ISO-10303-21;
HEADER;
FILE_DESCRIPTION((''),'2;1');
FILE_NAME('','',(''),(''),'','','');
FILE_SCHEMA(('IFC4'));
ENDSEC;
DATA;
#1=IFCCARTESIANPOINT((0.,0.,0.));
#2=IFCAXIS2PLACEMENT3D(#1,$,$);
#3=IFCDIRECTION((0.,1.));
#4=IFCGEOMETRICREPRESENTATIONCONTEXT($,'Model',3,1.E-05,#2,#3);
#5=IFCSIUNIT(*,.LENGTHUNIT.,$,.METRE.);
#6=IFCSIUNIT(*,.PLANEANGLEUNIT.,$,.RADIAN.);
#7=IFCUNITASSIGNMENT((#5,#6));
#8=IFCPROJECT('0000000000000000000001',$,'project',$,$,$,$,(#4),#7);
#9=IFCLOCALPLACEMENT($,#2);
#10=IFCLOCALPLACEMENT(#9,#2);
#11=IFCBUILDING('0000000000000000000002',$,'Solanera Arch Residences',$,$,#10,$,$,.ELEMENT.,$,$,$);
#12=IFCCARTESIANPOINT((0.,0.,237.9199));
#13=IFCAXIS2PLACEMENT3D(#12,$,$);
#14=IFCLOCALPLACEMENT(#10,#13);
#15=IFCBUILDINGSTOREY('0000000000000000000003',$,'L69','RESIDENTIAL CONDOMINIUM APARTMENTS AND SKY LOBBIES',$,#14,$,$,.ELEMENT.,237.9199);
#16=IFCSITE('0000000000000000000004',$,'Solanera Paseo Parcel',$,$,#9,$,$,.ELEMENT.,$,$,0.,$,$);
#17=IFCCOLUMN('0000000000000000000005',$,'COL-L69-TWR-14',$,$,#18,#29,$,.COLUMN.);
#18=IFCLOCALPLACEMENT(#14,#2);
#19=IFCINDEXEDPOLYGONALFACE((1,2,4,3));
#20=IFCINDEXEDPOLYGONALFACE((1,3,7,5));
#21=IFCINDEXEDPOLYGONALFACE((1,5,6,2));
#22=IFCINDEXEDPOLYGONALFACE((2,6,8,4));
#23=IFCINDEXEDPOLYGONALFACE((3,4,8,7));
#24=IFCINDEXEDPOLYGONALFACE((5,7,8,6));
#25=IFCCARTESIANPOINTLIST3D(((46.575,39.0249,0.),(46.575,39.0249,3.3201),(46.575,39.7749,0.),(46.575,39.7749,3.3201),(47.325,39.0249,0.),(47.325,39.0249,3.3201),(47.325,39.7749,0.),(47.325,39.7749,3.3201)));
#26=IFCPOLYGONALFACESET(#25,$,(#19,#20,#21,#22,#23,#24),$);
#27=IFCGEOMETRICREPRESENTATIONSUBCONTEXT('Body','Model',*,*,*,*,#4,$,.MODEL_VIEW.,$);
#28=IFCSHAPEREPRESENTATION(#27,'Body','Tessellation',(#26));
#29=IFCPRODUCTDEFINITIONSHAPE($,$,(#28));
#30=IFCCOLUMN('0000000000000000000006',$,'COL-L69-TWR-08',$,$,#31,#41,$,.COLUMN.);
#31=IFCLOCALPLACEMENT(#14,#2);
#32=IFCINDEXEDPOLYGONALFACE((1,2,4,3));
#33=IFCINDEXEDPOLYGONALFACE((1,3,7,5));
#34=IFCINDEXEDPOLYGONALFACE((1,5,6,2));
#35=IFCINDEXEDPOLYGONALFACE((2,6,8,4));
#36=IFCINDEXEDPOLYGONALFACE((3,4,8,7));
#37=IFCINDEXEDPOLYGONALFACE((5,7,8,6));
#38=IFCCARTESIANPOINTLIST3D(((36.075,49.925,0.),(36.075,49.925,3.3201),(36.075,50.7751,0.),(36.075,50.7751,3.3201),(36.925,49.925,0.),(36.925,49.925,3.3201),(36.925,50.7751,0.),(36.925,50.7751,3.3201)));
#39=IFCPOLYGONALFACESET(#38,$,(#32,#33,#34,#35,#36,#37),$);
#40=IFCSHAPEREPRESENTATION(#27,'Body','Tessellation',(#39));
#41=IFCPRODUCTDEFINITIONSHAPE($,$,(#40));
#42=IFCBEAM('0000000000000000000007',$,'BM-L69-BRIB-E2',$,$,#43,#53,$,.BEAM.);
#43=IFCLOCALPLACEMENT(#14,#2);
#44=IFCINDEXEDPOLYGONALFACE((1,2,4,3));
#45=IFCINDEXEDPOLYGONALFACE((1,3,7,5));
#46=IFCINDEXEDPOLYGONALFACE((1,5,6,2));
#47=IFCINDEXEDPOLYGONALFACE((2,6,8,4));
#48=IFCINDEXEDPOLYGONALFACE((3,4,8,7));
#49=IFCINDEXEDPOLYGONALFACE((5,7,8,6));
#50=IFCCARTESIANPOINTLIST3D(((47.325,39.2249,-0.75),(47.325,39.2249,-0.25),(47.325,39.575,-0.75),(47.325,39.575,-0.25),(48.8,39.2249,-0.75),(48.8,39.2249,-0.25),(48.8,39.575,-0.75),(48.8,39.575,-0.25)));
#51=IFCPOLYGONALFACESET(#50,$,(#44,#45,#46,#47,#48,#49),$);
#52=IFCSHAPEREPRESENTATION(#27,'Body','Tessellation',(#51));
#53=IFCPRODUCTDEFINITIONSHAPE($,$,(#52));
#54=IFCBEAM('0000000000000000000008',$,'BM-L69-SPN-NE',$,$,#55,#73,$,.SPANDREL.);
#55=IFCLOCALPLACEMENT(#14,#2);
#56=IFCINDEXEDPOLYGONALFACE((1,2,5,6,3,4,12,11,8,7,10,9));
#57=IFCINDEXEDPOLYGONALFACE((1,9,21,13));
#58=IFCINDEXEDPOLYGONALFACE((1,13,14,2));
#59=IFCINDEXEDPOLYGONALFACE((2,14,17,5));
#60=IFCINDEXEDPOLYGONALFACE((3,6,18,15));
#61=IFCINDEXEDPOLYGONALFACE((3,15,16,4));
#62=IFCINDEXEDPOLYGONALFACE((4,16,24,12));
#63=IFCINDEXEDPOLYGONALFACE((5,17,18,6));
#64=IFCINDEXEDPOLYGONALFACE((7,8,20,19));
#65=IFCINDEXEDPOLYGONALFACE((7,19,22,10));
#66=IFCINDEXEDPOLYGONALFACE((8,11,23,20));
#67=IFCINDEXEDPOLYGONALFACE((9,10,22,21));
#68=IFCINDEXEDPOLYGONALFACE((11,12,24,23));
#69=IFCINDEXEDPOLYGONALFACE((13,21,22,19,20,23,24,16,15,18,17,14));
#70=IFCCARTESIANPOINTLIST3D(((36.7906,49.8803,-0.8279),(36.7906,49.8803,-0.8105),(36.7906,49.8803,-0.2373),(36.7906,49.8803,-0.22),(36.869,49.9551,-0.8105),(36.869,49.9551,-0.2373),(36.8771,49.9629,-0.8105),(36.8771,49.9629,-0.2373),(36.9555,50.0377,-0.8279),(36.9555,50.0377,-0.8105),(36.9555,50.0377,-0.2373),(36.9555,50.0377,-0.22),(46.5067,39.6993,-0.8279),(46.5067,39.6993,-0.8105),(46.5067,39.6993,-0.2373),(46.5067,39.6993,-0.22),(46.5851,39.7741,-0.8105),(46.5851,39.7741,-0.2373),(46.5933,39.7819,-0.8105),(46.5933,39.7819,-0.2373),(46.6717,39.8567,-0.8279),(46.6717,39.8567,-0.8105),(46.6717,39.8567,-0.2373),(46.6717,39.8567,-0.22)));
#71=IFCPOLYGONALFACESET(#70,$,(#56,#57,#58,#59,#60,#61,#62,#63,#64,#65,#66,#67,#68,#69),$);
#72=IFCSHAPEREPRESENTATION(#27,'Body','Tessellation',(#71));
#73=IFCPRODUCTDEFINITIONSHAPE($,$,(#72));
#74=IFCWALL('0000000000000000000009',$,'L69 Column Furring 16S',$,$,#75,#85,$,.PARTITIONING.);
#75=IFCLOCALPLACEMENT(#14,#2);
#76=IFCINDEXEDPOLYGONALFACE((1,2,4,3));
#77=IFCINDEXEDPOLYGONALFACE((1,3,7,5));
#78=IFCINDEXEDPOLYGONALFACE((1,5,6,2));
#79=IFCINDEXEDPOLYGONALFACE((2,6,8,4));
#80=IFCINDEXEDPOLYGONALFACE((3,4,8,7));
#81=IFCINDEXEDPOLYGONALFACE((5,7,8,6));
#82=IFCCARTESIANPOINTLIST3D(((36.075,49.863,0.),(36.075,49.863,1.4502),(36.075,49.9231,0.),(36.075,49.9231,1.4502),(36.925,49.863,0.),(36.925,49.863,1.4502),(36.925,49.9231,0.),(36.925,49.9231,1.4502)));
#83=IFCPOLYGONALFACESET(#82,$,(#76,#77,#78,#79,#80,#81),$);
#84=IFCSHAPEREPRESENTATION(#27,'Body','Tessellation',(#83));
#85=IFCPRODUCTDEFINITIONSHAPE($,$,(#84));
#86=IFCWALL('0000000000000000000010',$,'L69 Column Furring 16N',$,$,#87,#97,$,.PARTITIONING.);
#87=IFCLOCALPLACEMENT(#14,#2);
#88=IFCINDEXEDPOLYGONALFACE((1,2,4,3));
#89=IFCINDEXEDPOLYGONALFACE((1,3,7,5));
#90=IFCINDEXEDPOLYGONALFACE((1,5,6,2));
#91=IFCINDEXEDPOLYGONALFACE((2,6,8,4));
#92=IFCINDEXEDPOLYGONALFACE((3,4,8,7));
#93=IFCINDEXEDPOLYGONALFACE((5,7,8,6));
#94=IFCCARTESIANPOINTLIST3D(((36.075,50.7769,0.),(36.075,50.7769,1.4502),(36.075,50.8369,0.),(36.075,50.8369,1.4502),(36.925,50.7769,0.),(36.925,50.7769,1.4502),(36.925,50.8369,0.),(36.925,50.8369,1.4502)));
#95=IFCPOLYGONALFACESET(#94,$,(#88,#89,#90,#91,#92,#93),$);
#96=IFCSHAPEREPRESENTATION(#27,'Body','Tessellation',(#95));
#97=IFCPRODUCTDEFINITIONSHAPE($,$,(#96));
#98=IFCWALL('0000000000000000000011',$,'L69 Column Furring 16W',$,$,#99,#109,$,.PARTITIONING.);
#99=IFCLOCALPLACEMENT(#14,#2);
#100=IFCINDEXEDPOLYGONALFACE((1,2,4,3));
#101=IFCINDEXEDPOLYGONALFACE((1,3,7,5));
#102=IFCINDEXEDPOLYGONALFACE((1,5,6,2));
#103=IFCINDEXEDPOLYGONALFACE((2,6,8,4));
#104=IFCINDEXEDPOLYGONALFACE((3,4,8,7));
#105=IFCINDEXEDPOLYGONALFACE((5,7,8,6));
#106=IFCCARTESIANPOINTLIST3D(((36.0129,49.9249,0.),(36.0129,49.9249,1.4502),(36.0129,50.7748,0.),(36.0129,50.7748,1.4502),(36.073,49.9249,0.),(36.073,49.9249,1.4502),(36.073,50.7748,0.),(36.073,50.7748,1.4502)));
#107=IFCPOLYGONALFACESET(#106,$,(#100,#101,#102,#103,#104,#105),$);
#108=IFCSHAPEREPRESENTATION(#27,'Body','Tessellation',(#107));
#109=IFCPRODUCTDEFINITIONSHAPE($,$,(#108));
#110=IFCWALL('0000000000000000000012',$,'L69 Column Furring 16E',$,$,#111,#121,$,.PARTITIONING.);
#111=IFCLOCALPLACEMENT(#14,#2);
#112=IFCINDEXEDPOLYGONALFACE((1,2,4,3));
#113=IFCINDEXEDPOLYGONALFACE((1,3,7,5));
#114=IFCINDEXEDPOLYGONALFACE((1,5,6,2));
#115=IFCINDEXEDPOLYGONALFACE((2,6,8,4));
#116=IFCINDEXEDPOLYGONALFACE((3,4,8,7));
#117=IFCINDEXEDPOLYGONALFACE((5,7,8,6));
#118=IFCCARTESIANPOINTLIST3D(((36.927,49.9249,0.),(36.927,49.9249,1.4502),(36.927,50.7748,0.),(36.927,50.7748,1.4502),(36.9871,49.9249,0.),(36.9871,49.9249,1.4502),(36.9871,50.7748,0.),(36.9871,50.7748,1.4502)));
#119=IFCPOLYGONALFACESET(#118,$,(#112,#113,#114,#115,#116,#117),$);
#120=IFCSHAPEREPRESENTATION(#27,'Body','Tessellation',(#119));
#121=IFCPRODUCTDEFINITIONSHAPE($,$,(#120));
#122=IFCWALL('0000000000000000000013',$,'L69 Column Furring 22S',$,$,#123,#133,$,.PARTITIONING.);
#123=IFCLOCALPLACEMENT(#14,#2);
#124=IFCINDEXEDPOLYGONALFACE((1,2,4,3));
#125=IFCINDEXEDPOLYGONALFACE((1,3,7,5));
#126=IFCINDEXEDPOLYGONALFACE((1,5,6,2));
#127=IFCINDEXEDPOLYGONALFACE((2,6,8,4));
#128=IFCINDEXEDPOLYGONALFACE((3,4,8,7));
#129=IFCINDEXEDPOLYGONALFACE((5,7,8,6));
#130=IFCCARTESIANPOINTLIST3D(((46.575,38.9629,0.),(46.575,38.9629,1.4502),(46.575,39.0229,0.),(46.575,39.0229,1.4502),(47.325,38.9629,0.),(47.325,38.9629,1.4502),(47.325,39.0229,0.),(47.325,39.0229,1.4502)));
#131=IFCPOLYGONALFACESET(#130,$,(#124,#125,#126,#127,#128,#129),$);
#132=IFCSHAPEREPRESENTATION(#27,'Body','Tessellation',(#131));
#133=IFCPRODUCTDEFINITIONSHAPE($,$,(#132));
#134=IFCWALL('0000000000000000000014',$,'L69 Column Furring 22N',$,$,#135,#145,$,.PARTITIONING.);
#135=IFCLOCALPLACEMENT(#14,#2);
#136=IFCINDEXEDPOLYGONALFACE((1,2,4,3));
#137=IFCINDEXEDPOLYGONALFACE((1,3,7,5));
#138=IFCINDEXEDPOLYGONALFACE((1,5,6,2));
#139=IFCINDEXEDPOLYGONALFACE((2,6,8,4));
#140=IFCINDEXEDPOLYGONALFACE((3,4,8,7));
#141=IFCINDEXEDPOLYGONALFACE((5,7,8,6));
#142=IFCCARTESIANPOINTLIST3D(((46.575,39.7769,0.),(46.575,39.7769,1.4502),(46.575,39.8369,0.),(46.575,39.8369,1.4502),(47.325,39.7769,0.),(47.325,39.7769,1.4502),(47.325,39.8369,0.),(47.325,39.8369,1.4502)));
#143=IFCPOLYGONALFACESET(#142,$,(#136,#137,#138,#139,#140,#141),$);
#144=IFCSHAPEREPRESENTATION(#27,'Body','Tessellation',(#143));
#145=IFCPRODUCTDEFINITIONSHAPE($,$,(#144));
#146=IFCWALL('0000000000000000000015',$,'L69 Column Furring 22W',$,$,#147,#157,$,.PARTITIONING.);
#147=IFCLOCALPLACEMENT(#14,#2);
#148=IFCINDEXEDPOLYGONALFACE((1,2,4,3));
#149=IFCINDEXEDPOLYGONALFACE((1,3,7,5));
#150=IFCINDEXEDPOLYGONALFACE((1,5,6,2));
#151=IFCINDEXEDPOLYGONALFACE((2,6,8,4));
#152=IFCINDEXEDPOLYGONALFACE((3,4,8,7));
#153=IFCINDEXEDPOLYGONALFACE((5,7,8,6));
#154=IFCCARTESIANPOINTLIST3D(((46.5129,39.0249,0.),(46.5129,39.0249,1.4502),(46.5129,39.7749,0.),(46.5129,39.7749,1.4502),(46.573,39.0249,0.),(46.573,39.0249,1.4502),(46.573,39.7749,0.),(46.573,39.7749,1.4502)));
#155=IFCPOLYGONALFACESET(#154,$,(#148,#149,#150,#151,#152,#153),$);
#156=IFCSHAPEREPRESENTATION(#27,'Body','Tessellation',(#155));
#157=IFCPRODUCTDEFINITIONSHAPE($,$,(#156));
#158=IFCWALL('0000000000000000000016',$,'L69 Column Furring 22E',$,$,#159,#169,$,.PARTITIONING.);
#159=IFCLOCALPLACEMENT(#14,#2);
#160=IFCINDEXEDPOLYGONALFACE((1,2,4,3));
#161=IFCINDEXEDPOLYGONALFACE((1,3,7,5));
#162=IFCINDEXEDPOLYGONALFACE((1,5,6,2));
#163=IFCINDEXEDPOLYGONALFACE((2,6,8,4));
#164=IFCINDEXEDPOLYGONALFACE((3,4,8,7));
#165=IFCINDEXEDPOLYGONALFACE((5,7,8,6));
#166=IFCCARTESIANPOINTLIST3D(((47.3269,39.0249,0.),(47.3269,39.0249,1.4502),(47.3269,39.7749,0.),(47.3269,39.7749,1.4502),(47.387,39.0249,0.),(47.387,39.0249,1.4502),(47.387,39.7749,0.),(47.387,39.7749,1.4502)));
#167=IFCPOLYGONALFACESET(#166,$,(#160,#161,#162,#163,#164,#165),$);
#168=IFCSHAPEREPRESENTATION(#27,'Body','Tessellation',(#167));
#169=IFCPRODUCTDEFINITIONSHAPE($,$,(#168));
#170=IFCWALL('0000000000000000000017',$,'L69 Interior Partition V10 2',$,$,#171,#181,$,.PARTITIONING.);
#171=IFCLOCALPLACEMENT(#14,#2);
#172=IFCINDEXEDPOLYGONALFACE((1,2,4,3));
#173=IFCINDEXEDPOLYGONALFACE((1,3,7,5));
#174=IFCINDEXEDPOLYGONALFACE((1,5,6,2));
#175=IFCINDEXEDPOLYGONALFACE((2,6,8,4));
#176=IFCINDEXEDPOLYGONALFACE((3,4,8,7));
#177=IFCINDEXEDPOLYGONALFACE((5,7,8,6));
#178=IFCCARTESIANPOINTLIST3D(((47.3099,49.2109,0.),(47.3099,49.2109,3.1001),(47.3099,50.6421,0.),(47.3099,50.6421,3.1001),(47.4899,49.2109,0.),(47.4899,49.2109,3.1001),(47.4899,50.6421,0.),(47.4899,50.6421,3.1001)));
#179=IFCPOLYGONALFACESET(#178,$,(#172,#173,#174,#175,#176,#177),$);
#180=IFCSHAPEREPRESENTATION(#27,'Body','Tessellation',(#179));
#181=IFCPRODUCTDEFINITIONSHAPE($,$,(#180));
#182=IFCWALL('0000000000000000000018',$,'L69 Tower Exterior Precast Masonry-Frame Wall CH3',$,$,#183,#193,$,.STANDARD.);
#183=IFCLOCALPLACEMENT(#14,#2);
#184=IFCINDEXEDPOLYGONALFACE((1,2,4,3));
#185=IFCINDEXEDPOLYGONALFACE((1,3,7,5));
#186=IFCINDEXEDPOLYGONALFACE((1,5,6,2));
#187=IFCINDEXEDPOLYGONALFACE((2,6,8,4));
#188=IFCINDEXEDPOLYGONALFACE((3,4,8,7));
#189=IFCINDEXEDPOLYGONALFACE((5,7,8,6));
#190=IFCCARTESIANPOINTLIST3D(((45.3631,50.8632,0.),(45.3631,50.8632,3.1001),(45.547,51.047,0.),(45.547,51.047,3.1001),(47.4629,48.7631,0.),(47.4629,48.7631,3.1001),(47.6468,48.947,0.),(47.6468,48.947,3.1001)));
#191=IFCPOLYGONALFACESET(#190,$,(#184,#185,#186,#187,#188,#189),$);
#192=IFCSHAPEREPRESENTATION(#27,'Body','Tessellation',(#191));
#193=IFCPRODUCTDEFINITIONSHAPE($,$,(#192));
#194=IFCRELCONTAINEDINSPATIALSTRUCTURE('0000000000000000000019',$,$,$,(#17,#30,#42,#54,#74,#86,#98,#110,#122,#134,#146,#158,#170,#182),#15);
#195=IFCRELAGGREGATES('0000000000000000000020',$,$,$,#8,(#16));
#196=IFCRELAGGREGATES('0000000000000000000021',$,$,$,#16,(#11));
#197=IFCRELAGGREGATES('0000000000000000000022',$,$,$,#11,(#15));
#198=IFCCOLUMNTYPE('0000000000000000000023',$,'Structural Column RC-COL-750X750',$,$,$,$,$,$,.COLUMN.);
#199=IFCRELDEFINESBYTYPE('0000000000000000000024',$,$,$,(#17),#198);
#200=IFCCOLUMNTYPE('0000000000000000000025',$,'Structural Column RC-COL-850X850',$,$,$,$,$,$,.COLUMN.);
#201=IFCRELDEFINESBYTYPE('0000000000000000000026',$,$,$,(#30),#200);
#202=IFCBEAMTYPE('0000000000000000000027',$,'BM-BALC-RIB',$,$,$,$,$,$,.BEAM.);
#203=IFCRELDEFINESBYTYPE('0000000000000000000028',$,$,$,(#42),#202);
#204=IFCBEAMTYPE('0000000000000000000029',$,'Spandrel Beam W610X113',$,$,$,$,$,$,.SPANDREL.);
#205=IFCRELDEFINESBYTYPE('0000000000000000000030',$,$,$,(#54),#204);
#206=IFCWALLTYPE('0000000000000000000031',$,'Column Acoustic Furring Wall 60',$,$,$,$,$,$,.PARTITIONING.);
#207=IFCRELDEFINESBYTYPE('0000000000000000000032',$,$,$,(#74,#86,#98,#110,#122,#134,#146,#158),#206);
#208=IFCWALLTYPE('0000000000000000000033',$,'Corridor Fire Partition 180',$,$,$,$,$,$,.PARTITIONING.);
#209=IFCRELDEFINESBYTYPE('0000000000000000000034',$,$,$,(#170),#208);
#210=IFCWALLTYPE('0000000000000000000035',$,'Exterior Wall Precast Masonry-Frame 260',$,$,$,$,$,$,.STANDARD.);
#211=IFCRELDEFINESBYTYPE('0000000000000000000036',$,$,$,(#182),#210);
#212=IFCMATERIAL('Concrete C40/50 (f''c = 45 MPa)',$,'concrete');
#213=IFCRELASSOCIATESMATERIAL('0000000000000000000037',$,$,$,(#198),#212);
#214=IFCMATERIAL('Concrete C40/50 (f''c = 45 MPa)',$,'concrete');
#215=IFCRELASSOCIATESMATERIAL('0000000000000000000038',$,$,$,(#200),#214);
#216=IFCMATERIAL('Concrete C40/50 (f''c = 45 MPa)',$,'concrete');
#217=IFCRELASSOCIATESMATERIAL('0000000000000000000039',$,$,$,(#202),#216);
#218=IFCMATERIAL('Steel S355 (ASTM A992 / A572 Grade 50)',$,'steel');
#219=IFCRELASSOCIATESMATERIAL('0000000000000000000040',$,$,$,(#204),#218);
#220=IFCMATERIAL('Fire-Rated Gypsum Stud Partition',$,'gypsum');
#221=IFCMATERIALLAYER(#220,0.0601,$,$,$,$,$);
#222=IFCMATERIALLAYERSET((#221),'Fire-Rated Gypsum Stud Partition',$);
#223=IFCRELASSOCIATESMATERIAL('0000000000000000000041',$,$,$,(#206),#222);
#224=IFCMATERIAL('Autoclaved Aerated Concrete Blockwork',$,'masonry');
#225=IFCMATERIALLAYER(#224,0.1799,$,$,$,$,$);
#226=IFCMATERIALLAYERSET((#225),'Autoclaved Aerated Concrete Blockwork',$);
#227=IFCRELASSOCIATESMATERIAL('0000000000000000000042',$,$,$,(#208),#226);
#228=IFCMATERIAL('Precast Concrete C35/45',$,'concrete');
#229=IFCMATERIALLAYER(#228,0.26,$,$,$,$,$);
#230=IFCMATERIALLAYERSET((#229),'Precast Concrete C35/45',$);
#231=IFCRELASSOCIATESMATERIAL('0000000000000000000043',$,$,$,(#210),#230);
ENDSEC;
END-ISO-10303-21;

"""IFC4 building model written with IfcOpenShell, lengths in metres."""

from ifc_helpers import new_model, si_unit, direction, frame, frame_2d, origin, origin_2d, place, context, subcontext, project, spatial, rectangle, i_section, extrude, material, layer, layer_set, material_profile, profile_set, type_object, element, save


model = new_model("IFC4")

# Units and contexts
model_context = context("Model", 3, precision=1e-05, world=origin(), true_north=direction((0.0, 1.0)))
body_context = subcontext(model_context, "Body", "Model", "MODEL_VIEW")
ifc_project = project(units=[si_unit("LENGTHUNIT", "METRE"), si_unit("PLANEANGLEUNIT", "RADIAN")], contexts=[model_context])

# Site, building, storey
site_placement = place(None, origin())
site = spatial("IfcSite", under=ifc_project, at=site_placement, Name="Solanera Paseo Parcel", CompositionType="ELEMENT", RefElevation=0.0)
building_placement = place(site_placement, origin())
building = spatial("IfcBuilding", under=site, at=building_placement, Name="Solanera Arch Residences", CompositionType="ELEMENT")
storey_placement = place(building_placement, frame((0.0, 0.0, 237.9199)))
storey = spatial("IfcBuildingStorey", under=building, at=storey_placement, Name="L69", Description="RESIDENTIAL CONDOMINIUM APARTMENTS AND SKY LOBBIES", CompositionType="ELEMENT", Elevation=237.9199)

# Columns
ifc_material_1 = material(Name="Concrete C40/50 (f'c = 45 MPa)", Category="concrete")
ifc_material_profile_1 = material_profile(ifc_material_1, rectangle(XDim=0.75, YDim=0.75, at=origin_2d()))
ifc_profile_set_1 = profile_set([ifc_material_profile_1], Name="Concrete C40/50 (f'c = 45 MPa)")
column_type_1 = type_object("IfcColumnType", Name="Structural Column RC-COL-750X750", PredefinedType="COLUMN", material=ifc_profile_set_1)
column_1_placement = place(storey_placement, frame((46.95, 39.3999, 0.0), z_axis=(0.0, 0.0, 1.0), x_axis=(1.0, 0.0, 0.0)))
element("IfcColumn", 1, at=column_1_placement, inside=storey, type_object=column_type_1, Name="COL-L69-TWR-14", PredefinedType="COLUMN", context=body_context, shape_type="SweptSolid", body=[
    extrude(rectangle(XDim=0.75, YDim=0.75, at=origin_2d()), origin(), (0.0, 0.0, 1.0), 3.3201),
])
ifc_material_2 = material(Name="Concrete C40/50 (f'c = 45 MPa)", Category="concrete")
ifc_material_profile_2 = material_profile(ifc_material_2, rectangle(XDim=0.8501, YDim=0.8501, at=origin_2d()))
ifc_profile_set_2 = profile_set([ifc_material_profile_2], Name="Concrete C40/50 (f'c = 45 MPa)")
column_type_2 = type_object("IfcColumnType", Name="Structural Column RC-COL-850X850", PredefinedType="COLUMN", material=ifc_profile_set_2)
column_2_placement = place(storey_placement, frame((36.5, 50.3501, 0.0), z_axis=(0.0, 0.0, 1.0), x_axis=(1.0, 0.0, 0.0)))
element("IfcColumn", 2, at=column_2_placement, inside=storey, type_object=column_type_2, Name="COL-L69-TWR-08", PredefinedType="COLUMN", context=body_context, shape_type="SweptSolid", body=[
    extrude(rectangle(XDim=0.8501, YDim=0.8501, at=origin_2d()), origin(), (0.0, 0.0, 1.0), 3.3201),
])

# Beams
ifc_material_3 = material(Name="Concrete C40/50 (f'c = 45 MPa)", Category="concrete")
ifc_material_profile_3 = material_profile(ifc_material_3, rectangle(XDim=0.3501, YDim=0.5, at=origin_2d()))
ifc_profile_set_3 = profile_set([ifc_material_profile_3], Name="Concrete C40/50 (f'c = 45 MPa)")
beam_type_1 = type_object("IfcBeamType", Name="BM-BALC-RIB", PredefinedType="BEAM", material=ifc_profile_set_3)
beam_1_placement = place(storey_placement, frame((47.325, 39.3999, -0.5), z_axis=(1.0, 0.0, 0.0), x_axis=(0.0, 1.0, 0.0)))
element("IfcBeam", 3, at=beam_1_placement, inside=storey, type_object=beam_type_1, Name="BM-L69-BRIB-E2", PredefinedType="BEAM", context=body_context, shape_type="SweptSolid", body=[
    extrude(rectangle(XDim=0.3501, YDim=0.5, at=origin_2d()), origin(), (0.0, 0.0, 1.0), 1.4751),
])
ifc_material_4 = material(Name="Steel S355 (ASTM A992 / A572 Grade 50)", Category="steel")
ifc_material_profile_4 = material_profile(ifc_material_4, i_section(OverallWidth=0.228, OverallDepth=0.6079, WebThickness=0.0112, FlangeThickness=0.0173, at=origin_2d()))
ifc_profile_set_4 = profile_set([ifc_material_profile_4], Name="Steel S355 (ASTM A992 / A572 Grade 50)")
beam_type_2 = type_object("IfcBeamType", Name="Spandrel Beam W610X113", PredefinedType="SPANDREL", material=ifc_profile_set_4)
beam_2_placement = place(storey_placement, frame((36.873, 49.959, -0.5239), z_axis=(0.690399, -0.723429, 0.0), x_axis=(0.723429, 0.690399, 0.0)))
element("IfcBeam", 4, at=beam_2_placement, inside=storey, type_object=beam_type_2, Name="BM-L69-SPN-NE", PredefinedType="SPANDREL", context=body_context, shape_type="SweptSolid", body=[
    extrude(i_section(OverallWidth=0.228, OverallDepth=0.6079, WebThickness=0.0112, FlangeThickness=0.0173, at=origin_2d()), origin(), (0.0, 0.0, 1.0), 14.0732),
])

# Walls
ifc_material_5 = material(Name="Fire-Rated Gypsum Stud Partition", Category="gypsum")
ifc_layer_1 = layer(ifc_material_5, 0.0601)
ifc_layer_set_1 = layer_set([ifc_layer_1], Name="Fire-Rated Gypsum Stud Partition")
wall_type_1 = type_object("IfcWallType", Name="Column Acoustic Furring Wall 60", PredefinedType="PARTITIONING", material=ifc_layer_set_1)
for number, where, z_axis, x_axis, name in (
    (5, (36.075, 49.8931, 0.0), (0.0, 0.0, 1.0), (1.0, 0.0, 0.0), "L69 Column Furring 16S"),
    (6, (36.075, 50.8069, 0.0), (0.0, 0.0, 1.0), (1.0, 0.0, 0.0), "L69 Column Furring 16N"),
):
    element("IfcWall", number, at=place(storey_placement, frame(where, z_axis=z_axis, x_axis=x_axis)), inside=storey, type_object=wall_type_1, Name=name, PredefinedType="PARTITIONING", context=body_context, shape_type="SweptSolid", body=[
        extrude(rectangle(XDim=0.8501, YDim=0.0601, at=frame_2d((0.425, 0.0))), origin(), (0.0, 0.0, 1.0), 1.4502),
    ])
for number, where, z_axis, x_axis, name in (
    (7, (36.043, 49.925, 0.0), (0.0, 0.0, 1.0), (0.0, 1.0, 0.0), "L69 Column Furring 16W"),
    (8, (36.957, 49.925, 0.0), (0.0, 0.0, 1.0), (0.0, 1.0, 0.0), "L69 Column Furring 16E"),
):
    element("IfcWall", number, at=place(storey_placement, frame(where, z_axis=z_axis, x_axis=x_axis)), inside=storey, type_object=wall_type_1, Name=name, PredefinedType="PARTITIONING", context=body_context, shape_type="SweptSolid", body=[
        extrude(rectangle(XDim=0.8499, YDim=0.0601, at=frame_2d((0.4248, 0.0))), origin(), (0.0, 0.0, 1.0), 1.4502),
    ])
for number, where, z_axis, x_axis, name in (
    (9, (46.575, 38.9929, 0.0), (0.0, 0.0, 1.0), (1.0, 0.0, 0.0), "L69 Column Furring 22S"),
    (10, (46.575, 39.8069, 0.0), (0.0, 0.0, 1.0), (1.0, 0.0, 0.0), "L69 Column Furring 22N"),
    (11, (46.543, 39.0249, 0.0), (0.0, 0.0, 1.0), (0.0, 1.0, 0.0), "L69 Column Furring 22W"),
    (12, (47.3569, 39.0249, 0.0), (0.0, 0.0, 1.0), (0.0, 1.0, 0.0), "L69 Column Furring 22E"),
):
    element("IfcWall", number, at=place(storey_placement, frame(where, z_axis=z_axis, x_axis=x_axis)), inside=storey, type_object=wall_type_1, Name=name, PredefinedType="PARTITIONING", context=body_context, shape_type="SweptSolid", body=[
        extrude(rectangle(XDim=0.75, YDim=0.0601, at=frame_2d((0.375, 0.0))), origin(), (0.0, 0.0, 1.0), 1.4502),
    ])
ifc_material_6 = material(Name="Autoclaved Aerated Concrete Blockwork", Category="masonry")
ifc_layer_2 = layer(ifc_material_6, 0.1799)
ifc_layer_set_2 = layer_set([ifc_layer_2], Name="Autoclaved Aerated Concrete Blockwork")
wall_type_2 = type_object("IfcWallType", Name="Corridor Fire Partition 180", PredefinedType="PARTITIONING", material=ifc_layer_set_2)
wall_1_placement = place(storey_placement, frame((47.3999, 49.2109, 0.0), z_axis=(0.0, 0.0, 1.0), x_axis=(0.0, 1.0, 0.0)))
element("IfcWall", 13, at=wall_1_placement, inside=storey, type_object=wall_type_2, Name="L69 Interior Partition V10 2", PredefinedType="PARTITIONING", context=body_context, shape_type="SweptSolid", body=[
    extrude(rectangle(XDim=1.4312, YDim=0.1799, at=frame_2d((0.7156, 0.0))), origin(), (0.0, 0.0, 1.0), 3.1001),
])
ifc_material_7 = material(Name="Precast Concrete C35/45", Category="concrete")
ifc_layer_3 = layer(ifc_material_7, 0.26)
ifc_layer_set_3 = layer_set([ifc_layer_3], Name="Precast Concrete C35/45")
wall_type_3 = type_object("IfcWallType", Name="Exterior Wall Precast Masonry-Frame 260", PredefinedType="STANDARD", material=ifc_layer_set_3)
wall_2_placement = place(storey_placement, frame((45.4551, 50.9551, 0.0), z_axis=(0.0, 0.0, 1.0), x_axis=(0.707066, -0.707148, 0.0)))
element("IfcWall", 14, at=wall_2_placement, inside=storey, type_object=wall_type_3, Name="L69 Tower Exterior Precast Masonry-Frame Wall CH3", PredefinedType="STANDARD", context=body_context, shape_type="SweptSolid", body=[
    extrude(rectangle(XDim=2.9697, YDim=0.26, at=frame_2d((1.4849, 0.0))), origin(), (0.0, 0.0, 1.0), 3.1001),
])

save(model, "model.ifc")
